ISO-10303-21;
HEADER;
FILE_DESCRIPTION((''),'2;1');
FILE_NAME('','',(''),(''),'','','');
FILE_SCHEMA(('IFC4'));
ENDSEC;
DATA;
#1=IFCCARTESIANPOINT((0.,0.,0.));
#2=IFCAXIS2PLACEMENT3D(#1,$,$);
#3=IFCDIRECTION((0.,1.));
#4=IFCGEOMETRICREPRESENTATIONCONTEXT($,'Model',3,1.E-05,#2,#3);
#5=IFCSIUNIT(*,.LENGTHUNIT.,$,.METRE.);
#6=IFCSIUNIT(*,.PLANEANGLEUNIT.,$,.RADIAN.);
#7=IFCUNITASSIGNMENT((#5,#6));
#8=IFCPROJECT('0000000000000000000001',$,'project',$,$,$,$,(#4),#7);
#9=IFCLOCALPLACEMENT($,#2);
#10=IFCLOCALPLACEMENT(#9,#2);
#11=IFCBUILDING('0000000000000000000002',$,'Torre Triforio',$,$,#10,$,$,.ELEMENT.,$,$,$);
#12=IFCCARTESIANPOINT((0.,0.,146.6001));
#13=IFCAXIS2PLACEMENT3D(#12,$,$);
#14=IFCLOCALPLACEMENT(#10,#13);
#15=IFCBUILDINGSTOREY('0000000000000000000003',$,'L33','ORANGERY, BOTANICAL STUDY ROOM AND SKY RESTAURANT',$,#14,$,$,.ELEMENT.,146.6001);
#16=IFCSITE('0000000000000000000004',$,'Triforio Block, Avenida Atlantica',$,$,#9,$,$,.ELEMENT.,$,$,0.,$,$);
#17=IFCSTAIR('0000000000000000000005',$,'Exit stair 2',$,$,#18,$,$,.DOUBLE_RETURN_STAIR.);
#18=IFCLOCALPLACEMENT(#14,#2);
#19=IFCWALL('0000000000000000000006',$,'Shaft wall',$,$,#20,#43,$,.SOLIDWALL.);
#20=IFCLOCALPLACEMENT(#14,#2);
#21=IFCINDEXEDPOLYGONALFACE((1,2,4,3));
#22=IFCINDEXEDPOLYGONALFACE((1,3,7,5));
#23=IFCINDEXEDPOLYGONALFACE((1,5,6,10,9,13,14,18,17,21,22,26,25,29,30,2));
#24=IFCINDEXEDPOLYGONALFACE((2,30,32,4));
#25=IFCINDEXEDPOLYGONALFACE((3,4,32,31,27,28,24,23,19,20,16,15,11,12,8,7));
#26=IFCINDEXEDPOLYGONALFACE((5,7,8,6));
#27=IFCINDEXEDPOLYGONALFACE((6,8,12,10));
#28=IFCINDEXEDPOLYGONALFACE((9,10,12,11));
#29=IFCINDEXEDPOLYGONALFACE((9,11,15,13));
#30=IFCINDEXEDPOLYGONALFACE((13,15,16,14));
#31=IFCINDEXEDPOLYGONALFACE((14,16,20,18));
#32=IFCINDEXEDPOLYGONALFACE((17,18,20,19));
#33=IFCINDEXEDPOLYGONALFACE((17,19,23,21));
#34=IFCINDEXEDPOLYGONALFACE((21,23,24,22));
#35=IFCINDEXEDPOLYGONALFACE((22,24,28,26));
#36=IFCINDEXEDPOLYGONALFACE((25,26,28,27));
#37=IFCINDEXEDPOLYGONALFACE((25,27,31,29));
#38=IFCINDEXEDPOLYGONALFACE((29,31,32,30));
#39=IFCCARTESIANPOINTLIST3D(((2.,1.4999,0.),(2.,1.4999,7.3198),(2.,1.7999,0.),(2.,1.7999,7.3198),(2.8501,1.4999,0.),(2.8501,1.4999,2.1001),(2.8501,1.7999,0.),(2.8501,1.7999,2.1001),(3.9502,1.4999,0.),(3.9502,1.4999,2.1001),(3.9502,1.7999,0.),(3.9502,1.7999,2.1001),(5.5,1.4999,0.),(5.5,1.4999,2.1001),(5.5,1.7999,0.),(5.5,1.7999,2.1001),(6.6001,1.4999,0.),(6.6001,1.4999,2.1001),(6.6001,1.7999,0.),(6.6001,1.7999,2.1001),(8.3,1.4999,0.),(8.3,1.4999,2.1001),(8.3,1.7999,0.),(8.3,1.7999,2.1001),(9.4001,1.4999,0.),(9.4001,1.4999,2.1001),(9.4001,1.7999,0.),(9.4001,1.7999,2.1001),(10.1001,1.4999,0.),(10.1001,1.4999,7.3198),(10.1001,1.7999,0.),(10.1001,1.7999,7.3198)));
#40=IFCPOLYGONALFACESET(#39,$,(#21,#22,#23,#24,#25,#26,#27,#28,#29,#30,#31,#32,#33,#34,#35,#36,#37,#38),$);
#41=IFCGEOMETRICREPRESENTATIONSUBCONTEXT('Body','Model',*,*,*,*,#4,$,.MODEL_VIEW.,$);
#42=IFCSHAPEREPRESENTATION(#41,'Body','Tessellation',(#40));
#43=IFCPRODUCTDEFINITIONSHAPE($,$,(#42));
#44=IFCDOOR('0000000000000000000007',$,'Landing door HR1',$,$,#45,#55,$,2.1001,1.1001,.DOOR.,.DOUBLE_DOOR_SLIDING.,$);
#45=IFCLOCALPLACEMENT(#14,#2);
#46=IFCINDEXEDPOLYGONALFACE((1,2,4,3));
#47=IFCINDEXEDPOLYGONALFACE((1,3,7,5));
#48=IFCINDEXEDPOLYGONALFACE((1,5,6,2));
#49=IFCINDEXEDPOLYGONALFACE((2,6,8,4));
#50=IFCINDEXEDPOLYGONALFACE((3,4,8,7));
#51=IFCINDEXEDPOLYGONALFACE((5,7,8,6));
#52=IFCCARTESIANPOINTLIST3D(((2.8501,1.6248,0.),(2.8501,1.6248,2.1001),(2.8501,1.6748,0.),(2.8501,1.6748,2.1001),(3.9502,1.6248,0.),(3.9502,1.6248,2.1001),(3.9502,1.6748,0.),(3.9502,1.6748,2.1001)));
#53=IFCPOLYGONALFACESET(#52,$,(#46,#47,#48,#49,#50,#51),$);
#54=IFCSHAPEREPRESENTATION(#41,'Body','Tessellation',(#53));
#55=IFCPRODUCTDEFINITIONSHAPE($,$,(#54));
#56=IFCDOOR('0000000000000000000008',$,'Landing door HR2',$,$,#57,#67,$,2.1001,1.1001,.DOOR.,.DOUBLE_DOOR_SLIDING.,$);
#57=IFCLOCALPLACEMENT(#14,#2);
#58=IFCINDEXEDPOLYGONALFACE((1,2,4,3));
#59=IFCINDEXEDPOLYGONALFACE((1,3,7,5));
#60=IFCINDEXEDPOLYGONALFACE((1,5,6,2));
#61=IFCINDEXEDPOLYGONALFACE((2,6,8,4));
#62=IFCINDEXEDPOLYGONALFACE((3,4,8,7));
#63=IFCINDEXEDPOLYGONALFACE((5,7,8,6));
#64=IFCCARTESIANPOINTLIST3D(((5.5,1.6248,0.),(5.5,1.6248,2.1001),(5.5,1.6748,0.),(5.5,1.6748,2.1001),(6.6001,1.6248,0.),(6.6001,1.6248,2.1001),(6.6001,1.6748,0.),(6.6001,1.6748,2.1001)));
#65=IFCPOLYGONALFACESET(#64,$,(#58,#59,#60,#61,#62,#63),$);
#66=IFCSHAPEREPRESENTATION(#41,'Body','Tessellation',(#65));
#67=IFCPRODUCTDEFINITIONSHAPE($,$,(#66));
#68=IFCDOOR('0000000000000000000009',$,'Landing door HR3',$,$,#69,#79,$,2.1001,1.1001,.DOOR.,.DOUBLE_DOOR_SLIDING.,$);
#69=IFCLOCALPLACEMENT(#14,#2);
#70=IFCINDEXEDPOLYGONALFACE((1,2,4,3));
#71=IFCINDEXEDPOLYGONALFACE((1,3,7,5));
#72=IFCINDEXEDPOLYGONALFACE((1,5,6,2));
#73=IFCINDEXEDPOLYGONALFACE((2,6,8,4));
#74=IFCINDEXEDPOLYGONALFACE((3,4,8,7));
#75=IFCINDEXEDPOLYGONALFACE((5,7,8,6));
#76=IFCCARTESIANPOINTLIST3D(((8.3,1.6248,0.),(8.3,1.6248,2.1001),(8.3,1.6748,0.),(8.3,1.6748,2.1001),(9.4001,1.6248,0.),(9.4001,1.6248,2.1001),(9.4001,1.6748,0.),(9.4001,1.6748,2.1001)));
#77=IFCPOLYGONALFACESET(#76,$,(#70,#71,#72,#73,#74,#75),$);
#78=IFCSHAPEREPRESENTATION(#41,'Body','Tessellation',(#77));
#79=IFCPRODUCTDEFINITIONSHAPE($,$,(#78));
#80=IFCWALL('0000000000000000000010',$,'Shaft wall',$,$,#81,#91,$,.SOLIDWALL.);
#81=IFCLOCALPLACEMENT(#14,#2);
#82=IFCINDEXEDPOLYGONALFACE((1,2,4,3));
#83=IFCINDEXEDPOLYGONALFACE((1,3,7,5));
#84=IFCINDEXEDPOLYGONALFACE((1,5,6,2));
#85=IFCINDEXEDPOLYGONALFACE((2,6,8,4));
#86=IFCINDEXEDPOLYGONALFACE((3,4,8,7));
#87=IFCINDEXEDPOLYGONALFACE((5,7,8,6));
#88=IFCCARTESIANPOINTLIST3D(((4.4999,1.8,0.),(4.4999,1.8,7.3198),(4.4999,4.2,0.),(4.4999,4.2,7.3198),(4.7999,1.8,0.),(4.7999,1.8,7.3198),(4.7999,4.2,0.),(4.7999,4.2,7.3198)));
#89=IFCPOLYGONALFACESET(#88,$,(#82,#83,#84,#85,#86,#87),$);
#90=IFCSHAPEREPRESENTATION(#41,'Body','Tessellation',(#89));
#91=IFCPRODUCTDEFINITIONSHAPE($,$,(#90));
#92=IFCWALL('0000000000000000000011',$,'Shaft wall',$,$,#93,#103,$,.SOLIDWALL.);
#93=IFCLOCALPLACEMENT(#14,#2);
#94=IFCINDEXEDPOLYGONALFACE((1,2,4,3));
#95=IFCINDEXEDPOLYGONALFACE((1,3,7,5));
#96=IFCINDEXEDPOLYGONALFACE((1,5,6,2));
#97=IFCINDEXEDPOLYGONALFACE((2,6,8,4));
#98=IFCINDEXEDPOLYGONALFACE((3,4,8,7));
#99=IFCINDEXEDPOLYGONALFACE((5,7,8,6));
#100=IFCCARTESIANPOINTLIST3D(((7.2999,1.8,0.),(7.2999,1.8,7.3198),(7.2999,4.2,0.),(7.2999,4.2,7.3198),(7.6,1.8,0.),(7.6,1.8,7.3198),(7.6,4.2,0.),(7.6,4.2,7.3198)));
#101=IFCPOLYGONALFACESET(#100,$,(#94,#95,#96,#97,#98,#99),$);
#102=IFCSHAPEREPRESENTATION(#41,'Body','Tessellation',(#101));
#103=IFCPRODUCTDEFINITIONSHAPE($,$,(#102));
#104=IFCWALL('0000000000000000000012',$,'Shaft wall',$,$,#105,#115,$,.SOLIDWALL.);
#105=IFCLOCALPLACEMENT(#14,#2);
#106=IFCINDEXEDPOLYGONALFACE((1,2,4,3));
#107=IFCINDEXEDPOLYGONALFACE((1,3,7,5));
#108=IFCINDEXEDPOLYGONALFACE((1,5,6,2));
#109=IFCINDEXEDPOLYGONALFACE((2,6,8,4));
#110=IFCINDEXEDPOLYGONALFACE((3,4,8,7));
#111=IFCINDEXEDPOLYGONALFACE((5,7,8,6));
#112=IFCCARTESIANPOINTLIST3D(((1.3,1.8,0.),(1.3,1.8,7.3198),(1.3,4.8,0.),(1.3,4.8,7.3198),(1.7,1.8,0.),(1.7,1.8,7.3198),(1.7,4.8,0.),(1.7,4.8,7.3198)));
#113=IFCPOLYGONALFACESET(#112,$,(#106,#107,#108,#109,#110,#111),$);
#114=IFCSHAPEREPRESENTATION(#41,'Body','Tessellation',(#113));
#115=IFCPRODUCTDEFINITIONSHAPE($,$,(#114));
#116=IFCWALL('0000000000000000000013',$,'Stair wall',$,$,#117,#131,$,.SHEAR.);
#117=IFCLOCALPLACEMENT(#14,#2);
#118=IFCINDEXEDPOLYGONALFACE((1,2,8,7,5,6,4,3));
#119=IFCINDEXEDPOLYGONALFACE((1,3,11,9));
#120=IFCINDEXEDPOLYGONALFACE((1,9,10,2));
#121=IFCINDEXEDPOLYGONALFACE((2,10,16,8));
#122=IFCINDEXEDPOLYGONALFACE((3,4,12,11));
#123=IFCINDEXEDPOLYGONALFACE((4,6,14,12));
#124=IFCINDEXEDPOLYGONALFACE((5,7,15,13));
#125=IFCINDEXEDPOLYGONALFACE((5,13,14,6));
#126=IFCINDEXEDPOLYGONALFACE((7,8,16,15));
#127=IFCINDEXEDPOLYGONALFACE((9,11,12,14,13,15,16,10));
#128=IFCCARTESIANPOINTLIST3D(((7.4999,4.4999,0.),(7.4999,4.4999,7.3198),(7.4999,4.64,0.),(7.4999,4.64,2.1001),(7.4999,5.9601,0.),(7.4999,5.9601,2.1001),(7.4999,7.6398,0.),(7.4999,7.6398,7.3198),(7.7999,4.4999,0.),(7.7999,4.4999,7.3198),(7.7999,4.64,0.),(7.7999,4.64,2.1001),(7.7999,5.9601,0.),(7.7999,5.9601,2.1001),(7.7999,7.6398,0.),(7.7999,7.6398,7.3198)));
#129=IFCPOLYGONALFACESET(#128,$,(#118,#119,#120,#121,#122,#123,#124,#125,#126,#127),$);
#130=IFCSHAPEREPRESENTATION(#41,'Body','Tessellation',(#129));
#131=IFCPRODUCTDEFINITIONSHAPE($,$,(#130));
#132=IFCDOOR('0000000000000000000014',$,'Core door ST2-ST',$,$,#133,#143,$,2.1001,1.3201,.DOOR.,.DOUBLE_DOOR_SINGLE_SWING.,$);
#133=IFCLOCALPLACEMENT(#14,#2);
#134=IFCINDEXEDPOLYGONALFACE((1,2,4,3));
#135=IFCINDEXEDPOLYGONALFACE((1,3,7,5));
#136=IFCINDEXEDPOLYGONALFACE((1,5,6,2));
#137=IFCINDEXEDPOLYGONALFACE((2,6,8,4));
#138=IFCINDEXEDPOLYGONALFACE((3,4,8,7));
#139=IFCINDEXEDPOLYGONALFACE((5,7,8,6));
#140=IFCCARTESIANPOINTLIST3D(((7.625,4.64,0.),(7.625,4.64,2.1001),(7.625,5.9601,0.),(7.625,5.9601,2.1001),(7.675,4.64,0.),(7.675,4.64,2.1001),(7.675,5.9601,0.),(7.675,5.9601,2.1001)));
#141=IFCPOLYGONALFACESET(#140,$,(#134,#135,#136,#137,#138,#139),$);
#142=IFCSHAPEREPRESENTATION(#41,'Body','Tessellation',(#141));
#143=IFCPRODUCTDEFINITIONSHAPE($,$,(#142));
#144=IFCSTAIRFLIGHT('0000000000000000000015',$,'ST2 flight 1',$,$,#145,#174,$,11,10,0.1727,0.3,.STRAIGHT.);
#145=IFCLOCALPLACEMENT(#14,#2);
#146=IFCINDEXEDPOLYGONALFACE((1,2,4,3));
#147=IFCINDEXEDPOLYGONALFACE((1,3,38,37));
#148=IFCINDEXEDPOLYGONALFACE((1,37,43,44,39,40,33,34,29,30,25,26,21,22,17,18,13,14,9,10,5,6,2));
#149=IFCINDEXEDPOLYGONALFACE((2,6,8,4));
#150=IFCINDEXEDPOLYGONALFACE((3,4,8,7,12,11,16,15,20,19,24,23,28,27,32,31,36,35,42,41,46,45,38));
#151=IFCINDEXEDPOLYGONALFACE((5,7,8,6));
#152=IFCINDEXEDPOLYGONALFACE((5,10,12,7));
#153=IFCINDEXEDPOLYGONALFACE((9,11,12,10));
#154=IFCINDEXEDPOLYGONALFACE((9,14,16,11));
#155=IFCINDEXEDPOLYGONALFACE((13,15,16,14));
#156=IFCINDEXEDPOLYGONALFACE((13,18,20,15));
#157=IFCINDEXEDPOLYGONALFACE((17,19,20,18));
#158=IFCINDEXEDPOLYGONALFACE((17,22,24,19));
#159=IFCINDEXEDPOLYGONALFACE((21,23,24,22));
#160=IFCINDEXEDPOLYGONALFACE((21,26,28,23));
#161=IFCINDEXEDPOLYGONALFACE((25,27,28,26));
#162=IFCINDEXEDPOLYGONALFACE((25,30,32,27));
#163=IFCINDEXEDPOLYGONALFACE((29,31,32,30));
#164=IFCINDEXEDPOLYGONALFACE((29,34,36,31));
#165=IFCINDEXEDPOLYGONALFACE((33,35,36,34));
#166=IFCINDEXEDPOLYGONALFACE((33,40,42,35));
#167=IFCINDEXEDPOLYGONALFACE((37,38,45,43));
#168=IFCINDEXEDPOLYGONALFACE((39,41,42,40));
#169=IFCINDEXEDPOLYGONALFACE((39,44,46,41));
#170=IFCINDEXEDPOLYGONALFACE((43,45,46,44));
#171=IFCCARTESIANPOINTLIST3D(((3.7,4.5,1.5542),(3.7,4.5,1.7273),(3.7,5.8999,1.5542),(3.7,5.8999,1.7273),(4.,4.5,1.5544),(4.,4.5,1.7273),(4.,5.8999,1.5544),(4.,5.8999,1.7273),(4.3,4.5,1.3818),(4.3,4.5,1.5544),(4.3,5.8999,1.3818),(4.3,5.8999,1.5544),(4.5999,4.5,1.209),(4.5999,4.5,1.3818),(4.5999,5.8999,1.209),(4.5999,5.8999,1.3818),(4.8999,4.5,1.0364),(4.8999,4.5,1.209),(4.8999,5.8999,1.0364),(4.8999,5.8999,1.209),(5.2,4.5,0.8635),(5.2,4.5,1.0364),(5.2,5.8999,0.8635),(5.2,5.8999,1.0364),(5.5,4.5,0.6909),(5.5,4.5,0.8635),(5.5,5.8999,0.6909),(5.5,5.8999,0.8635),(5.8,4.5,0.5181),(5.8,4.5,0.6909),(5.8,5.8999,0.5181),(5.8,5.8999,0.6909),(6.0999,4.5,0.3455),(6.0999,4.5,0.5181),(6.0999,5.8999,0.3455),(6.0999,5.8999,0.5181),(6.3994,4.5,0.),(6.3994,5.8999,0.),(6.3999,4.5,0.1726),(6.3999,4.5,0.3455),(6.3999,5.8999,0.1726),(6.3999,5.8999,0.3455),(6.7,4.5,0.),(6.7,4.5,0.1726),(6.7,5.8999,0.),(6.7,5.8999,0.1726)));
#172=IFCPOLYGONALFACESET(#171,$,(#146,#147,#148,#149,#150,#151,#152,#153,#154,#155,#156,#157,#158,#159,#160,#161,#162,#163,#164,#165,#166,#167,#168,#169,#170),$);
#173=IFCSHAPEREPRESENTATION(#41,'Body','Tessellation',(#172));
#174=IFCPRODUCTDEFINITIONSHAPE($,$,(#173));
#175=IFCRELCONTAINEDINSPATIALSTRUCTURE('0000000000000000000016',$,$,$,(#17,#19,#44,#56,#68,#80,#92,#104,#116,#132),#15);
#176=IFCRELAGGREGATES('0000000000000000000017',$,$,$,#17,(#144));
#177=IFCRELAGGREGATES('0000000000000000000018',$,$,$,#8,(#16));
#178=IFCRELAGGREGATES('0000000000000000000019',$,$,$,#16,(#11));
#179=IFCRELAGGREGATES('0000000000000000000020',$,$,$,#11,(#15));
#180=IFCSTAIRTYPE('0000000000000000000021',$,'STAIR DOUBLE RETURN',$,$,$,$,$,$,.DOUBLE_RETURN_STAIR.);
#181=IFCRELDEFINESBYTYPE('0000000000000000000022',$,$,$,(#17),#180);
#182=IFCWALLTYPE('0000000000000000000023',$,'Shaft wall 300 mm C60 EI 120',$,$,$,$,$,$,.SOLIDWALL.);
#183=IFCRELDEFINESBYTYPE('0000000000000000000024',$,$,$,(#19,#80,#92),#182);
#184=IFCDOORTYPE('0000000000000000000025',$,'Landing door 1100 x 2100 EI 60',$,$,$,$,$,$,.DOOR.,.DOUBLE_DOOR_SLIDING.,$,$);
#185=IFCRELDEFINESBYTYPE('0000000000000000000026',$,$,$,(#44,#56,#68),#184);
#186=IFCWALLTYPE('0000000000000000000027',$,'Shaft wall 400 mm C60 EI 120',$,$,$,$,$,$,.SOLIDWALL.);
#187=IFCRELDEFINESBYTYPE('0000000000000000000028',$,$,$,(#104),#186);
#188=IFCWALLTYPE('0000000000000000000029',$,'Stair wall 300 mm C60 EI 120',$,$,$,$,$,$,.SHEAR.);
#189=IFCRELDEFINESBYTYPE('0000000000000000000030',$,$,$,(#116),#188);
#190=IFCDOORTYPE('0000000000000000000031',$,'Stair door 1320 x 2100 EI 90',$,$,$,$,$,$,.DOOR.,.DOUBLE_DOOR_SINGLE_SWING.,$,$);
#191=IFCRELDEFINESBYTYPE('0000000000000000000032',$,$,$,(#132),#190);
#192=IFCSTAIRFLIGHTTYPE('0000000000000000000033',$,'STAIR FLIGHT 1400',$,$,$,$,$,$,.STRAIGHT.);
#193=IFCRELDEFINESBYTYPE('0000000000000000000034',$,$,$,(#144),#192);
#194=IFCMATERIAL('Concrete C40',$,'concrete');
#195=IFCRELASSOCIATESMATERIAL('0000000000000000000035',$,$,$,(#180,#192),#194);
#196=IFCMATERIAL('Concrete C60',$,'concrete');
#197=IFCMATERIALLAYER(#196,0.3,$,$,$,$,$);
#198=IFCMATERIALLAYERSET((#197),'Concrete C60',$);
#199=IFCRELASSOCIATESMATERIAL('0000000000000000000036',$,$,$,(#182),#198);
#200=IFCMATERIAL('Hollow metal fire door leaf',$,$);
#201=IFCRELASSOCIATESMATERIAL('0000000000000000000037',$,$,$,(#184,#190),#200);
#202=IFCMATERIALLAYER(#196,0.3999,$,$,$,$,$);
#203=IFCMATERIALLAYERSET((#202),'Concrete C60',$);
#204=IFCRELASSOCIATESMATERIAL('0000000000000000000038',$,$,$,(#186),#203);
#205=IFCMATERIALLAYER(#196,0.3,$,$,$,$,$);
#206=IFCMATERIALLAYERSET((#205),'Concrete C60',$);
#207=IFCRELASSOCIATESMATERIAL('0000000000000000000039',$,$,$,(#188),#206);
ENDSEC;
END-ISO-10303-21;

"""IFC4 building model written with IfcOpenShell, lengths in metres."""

from ifc_helpers import new_model, si_unit, direction, frame, frame_2d, origin, place, context, subcontext, project, spatial, polyline, rectangle, outline, extrude, material, layer, layer_set, type_object, element, fill, aggregate, save


model = new_model("IFC4")

# Units and contexts
model_context = context("Model", 3, precision=1e-05, world=origin(), true_north=direction((0.0, 1.0)))
body_context = subcontext(model_context, "Body", "Model", "MODEL_VIEW")
ifc_project = project(units=[si_unit("LENGTHUNIT", "METRE"), si_unit("PLANEANGLEUNIT", "RADIAN")], contexts=[model_context])

# Site, building, storey
site_placement = place(None, origin())
site = spatial("IfcSite", under=ifc_project, at=site_placement, Name="Triforio Block, Avenida Atlantica", CompositionType="ELEMENT", RefElevation=0.0)
building_placement = place(site_placement, origin())
building = spatial("IfcBuilding", under=site, at=building_placement, Name="Torre Triforio", CompositionType="ELEMENT")
storey_placement = place(building_placement, frame((0.0, 0.0, 146.6001)))
storey = spatial("IfcBuildingStorey", under=building, at=storey_placement, Name="L33", Description="ORANGERY, BOTANICAL STUDY ROOM AND SKY RESTAURANT", CompositionType="ELEMENT", Elevation=146.6001)

# Stair
ifc_material_1 = material(Name="Concrete C40", Category="concrete")
stair_type = type_object("IfcStairType", Name="STAIR DOUBLE RETURN", PredefinedType="DOUBLE_RETURN_STAIR", material=ifc_material_1)
stair_1_placement = place(storey_placement, origin())
stair_1 = element("IfcStair", 1, at=stair_1_placement, inside=storey, type_object=stair_type, Name="Exit stair 2", PredefinedType="DOUBLE_RETURN_STAIR")

# Shared definitions
ifc_material_2 = material(Name="Concrete C60", Category="concrete")
ifc_layer_1 = layer(ifc_material_2, 0.3)
ifc_layer_set_1 = layer_set([ifc_layer_1], Name="Concrete C60")
wall_type_1 = type_object("IfcWallType", Name="Shaft wall 300 mm C60 EI 120", PredefinedType="SOLIDWALL", material=ifc_layer_set_1)

# Wall, openings, doors
wall_1_placement = place(storey_placement, frame((2.0, 1.6499, 0.0), z_axis=(0.0, 0.0, 1.0), x_axis=(1.0, 0.0, 0.0)))
wall_1 = element("IfcWall", 2, at=wall_1_placement, inside=storey, type_object=wall_type_1, Name="Shaft wall", PredefinedType="SOLIDWALL", context=body_context, shape_type="SweptSolid", body=[
    extrude(rectangle(XDim=8.1001, YDim=0.3, at=frame_2d((4.05, 0.0))), origin(), (0.0, 0.0, 1.0), 7.3198),
])
opening_1_placement = place(wall_1_placement, frame((0.8501, 0.0, 0.0)))
opening_1 = element("IfcOpeningElement", 3, at=opening_1_placement, cuts=wall_1, PredefinedType="OPENING", context=body_context, shape_type="SweptSolid", body=[
    extrude(rectangle(XDim=1.1001, YDim=2.1001, at=frame_2d((0.55, 1.05))), frame((0.0, 0.1599, 0.0), z_axis=(0.0, -1.0, 0.0), x_axis=(1.0, 0.0, 0.0)), (0.0, 0.0, 1.0), 0.3201),
])
opening_2_placement = place(wall_1_placement, frame((3.5, 0.0, 0.0)))
opening_2 = element("IfcOpeningElement", 4, at=opening_2_placement, cuts=wall_1, PredefinedType="OPENING", context=body_context, shape_type="SweptSolid", body=[
    extrude(rectangle(XDim=1.1001, YDim=2.1001, at=frame_2d((0.55, 1.05))), frame((0.0, 0.1599, 0.0), z_axis=(0.0, -1.0, 0.0), x_axis=(1.0, 0.0, 0.0)), (0.0, 0.0, 1.0), 0.3201),
])
opening_3_placement = place(wall_1_placement, frame((6.3, 0.0, 0.0)))
opening_3 = element("IfcOpeningElement", 5, at=opening_3_placement, cuts=wall_1, PredefinedType="OPENING", context=body_context, shape_type="SweptSolid", body=[
    extrude(rectangle(XDim=1.1001, YDim=2.1001, at=frame_2d((0.55, 1.05))), frame((0.0, 0.1599, 0.0), z_axis=(0.0, -1.0, 0.0), x_axis=(1.0, 0.0, 0.0)), (0.0, 0.0, 1.0), 0.3201),
])
ifc_material_3 = material(Name="Hollow metal fire door leaf")
door_type_1 = type_object("IfcDoorType", Name="Landing door 1100 x 2100 EI 60", OperationType="DOUBLE_DOOR_SLIDING", PredefinedType="DOOR", material=ifc_material_3)
door_1_placement = place(opening_1_placement, origin())
door_1 = element("IfcDoor", 6, at=door_1_placement, inside=storey, type_object=door_type_1, Name="Landing door HR1", OperationType="DOUBLE_DOOR_SLIDING", OverallHeight=2.1001, OverallWidth=1.1001, PredefinedType="DOOR", context=body_context, shape_type="SweptSolid", body=[
    extrude(rectangle(XDim=1.1001, YDim=2.1001, at=frame_2d((0.55, 1.05))), frame((0.0, 0.0249, 0.0), z_axis=(0.0, -1.0, 0.0), x_axis=(1.0, 0.0, 0.0)), (0.0, 0.0, 1.0), 0.05),
])
fill(opening_1, door_1)
door_2_placement = place(opening_2_placement, origin())
door_2 = element("IfcDoor", 7, at=door_2_placement, inside=storey, type_object=door_type_1, Name="Landing door HR2", OperationType="DOUBLE_DOOR_SLIDING", OverallHeight=2.1001, OverallWidth=1.1001, PredefinedType="DOOR", context=body_context, shape_type="SweptSolid", body=[
    extrude(rectangle(XDim=1.1001, YDim=2.1001, at=frame_2d((0.55, 1.05))), frame((0.0, 0.0249, 0.0), z_axis=(0.0, -1.0, 0.0), x_axis=(1.0, 0.0, 0.0)), (0.0, 0.0, 1.0), 0.05),
])
fill(opening_2, door_2)
door_3_placement = place(opening_3_placement, origin())
door_3 = element("IfcDoor", 8, at=door_3_placement, inside=storey, type_object=door_type_1, Name="Landing door HR3", OperationType="DOUBLE_DOOR_SLIDING", OverallHeight=2.1001, OverallWidth=1.1001, PredefinedType="DOOR", context=body_context, shape_type="SweptSolid", body=[
    extrude(rectangle(XDim=1.1001, YDim=2.1001, at=frame_2d((0.55, 1.05))), frame((0.0, 0.0249, 0.0), z_axis=(0.0, -1.0, 0.0), x_axis=(1.0, 0.0, 0.0)), (0.0, 0.0, 1.0), 0.05),
])
fill(opening_3, door_3)

# Walls
for number, where, z_axis, x_axis, name in (
    (9, (4.6499, 1.8, 0.0), (0.0, 0.0, 1.0), (0.0, 1.0, 0.0), "Shaft wall"),
    (10, (7.45, 1.8, 0.0), (0.0, 0.0, 1.0), (0.0, 1.0, 0.0), "Shaft wall"),
):
    element("IfcWall", number, at=place(storey_placement, frame(where, z_axis=z_axis, x_axis=x_axis)), inside=storey, type_object=wall_type_1, Name=name, PredefinedType="SOLIDWALL", context=body_context, shape_type="SweptSolid", body=[
        extrude(rectangle(XDim=2.3999, YDim=0.3, at=frame_2d((1.2, 0.0))), origin(), (0.0, 0.0, 1.0), 7.3198),
    ])
ifc_layer_2 = layer(ifc_material_2, 0.3999)
ifc_layer_set_2 = layer_set([ifc_layer_2], Name="Concrete C60")
wall_type_2 = type_object("IfcWallType", Name="Shaft wall 400 mm C60 EI 120", PredefinedType="SOLIDWALL", material=ifc_layer_set_2)
wall_2_placement = place(storey_placement, frame((1.5, 1.8, 0.0), z_axis=(0.0, 0.0, 1.0), x_axis=(0.0, 1.0, 0.0)))
element("IfcWall", 11, at=wall_2_placement, inside=storey, type_object=wall_type_2, Name="Shaft wall", PredefinedType="SOLIDWALL", context=body_context, shape_type="SweptSolid", body=[
    extrude(rectangle(XDim=3.0, YDim=0.3999, at=frame_2d((1.5, 0.0))), origin(), (0.0, 0.0, 1.0), 7.3198),
])

# Wall, opening, door
ifc_layer_3 = layer(ifc_material_2, 0.3)
ifc_layer_set_3 = layer_set([ifc_layer_3], Name="Concrete C60")
wall_type_3 = type_object("IfcWallType", Name="Stair wall 300 mm C60 EI 120", PredefinedType="SHEAR", material=ifc_layer_set_3)
wall_3_placement = place(storey_placement, frame((7.6499, 4.5, 0.0), z_axis=(0.0, 0.0, 1.0), x_axis=(0.0, 1.0, 0.0)))
wall_3 = element("IfcWall", 12, at=wall_3_placement, inside=storey, type_object=wall_type_3, Name="Stair wall", PredefinedType="SHEAR", context=body_context, shape_type="SweptSolid", body=[
    extrude(rectangle(XDim=3.1399, YDim=0.3, at=frame_2d((1.5698, 0.0))), origin(), (0.0, 0.0, 1.0), 7.3198),
])
opening_4_placement = place(wall_3_placement, frame((0.1399, 0.0, 0.0)))
opening_4 = element("IfcOpeningElement", 13, at=opening_4_placement, cuts=wall_3, PredefinedType="OPENING", context=body_context, shape_type="SweptSolid", body=[
    extrude(rectangle(XDim=1.3201, YDim=2.1001, at=frame_2d((0.6602, 1.05))), frame((0.0, 0.1599, 0.0), z_axis=(0.0, -1.0, 0.0), x_axis=(1.0, 0.0, 0.0)), (0.0, 0.0, 1.0), 0.3201),
])
door_type_2 = type_object("IfcDoorType", Name="Stair door 1320 x 2100 EI 90", OperationType="DOUBLE_DOOR_SINGLE_SWING", PredefinedType="DOOR", material=ifc_material_3)
door_4_placement = place(opening_4_placement, origin())
door_4 = element("IfcDoor", 14, at=door_4_placement, inside=storey, type_object=door_type_2, Name="Core door ST2-ST", OperationType="DOUBLE_DOOR_SINGLE_SWING", OverallHeight=2.1001, OverallWidth=1.3201, PredefinedType="DOOR", context=body_context, shape_type="SweptSolid", body=[
    extrude(rectangle(XDim=1.3201, YDim=2.1001, at=frame_2d((0.6602, 1.05))), frame((0.0, 0.0249, 0.0), z_axis=(0.0, -1.0, 0.0), x_axis=(1.0, 0.0, 0.0)), (0.0, 0.0, 1.0), 0.05),
])
fill(opening_4, door_4)

# Stair flight
stair_flight_type = type_object("IfcStairFlightType", Name="STAIR FLIGHT 1400", PredefinedType="STRAIGHT", material=ifc_material_1)
stair_flight_placement = place(storey_placement, frame((6.7, 5.2, 0.0), z_axis=(0.0, 0.0, 1.0), x_axis=(-1.0, 0.0, 0.0)))
stair_flight = element("IfcStairFlight", 15, at=stair_flight_placement, type_object=stair_flight_type, Name="ST2 flight 1", NumberOfRisers=11, NumberOfTreads=10, PredefinedType="STRAIGHT", RiserHeight=0.1727, TreadLength=0.3, context=body_context, shape_type="SweptSolid", body=[
    extrude(outline(polyline([(0.0, 0.0), (0.0, 0.1726), (0.3, 0.1726), (0.3, 0.3455), (0.6001, 0.3455), (0.6001, 0.5181), (0.8999, 0.5181), (0.8999, 0.6909), (1.2, 0.6909), (1.2, 0.8635), (1.5, 0.8635), (1.5, 1.0364), (1.8, 1.0364), (1.8, 1.209), (2.1001, 1.209), (2.1001, 1.3818), (2.3999, 1.3818), (2.3999, 1.5544), (2.7, 1.5544), (2.7, 1.7273), (3.0, 1.7273), (3.0, 1.8999), (3.0, 1.5542), (0.3005, 0.0), (0.0, 0.0)])), frame((0.0, 0.7, 0.0), z_axis=(0.0, -1.0, 0.0), x_axis=(1.0, 0.0, 0.0)), (0.0, 0.0, 1.0), 1.3999),
])
aggregate(stair_1, [stair_flight])

save(model, "model.ifc")
